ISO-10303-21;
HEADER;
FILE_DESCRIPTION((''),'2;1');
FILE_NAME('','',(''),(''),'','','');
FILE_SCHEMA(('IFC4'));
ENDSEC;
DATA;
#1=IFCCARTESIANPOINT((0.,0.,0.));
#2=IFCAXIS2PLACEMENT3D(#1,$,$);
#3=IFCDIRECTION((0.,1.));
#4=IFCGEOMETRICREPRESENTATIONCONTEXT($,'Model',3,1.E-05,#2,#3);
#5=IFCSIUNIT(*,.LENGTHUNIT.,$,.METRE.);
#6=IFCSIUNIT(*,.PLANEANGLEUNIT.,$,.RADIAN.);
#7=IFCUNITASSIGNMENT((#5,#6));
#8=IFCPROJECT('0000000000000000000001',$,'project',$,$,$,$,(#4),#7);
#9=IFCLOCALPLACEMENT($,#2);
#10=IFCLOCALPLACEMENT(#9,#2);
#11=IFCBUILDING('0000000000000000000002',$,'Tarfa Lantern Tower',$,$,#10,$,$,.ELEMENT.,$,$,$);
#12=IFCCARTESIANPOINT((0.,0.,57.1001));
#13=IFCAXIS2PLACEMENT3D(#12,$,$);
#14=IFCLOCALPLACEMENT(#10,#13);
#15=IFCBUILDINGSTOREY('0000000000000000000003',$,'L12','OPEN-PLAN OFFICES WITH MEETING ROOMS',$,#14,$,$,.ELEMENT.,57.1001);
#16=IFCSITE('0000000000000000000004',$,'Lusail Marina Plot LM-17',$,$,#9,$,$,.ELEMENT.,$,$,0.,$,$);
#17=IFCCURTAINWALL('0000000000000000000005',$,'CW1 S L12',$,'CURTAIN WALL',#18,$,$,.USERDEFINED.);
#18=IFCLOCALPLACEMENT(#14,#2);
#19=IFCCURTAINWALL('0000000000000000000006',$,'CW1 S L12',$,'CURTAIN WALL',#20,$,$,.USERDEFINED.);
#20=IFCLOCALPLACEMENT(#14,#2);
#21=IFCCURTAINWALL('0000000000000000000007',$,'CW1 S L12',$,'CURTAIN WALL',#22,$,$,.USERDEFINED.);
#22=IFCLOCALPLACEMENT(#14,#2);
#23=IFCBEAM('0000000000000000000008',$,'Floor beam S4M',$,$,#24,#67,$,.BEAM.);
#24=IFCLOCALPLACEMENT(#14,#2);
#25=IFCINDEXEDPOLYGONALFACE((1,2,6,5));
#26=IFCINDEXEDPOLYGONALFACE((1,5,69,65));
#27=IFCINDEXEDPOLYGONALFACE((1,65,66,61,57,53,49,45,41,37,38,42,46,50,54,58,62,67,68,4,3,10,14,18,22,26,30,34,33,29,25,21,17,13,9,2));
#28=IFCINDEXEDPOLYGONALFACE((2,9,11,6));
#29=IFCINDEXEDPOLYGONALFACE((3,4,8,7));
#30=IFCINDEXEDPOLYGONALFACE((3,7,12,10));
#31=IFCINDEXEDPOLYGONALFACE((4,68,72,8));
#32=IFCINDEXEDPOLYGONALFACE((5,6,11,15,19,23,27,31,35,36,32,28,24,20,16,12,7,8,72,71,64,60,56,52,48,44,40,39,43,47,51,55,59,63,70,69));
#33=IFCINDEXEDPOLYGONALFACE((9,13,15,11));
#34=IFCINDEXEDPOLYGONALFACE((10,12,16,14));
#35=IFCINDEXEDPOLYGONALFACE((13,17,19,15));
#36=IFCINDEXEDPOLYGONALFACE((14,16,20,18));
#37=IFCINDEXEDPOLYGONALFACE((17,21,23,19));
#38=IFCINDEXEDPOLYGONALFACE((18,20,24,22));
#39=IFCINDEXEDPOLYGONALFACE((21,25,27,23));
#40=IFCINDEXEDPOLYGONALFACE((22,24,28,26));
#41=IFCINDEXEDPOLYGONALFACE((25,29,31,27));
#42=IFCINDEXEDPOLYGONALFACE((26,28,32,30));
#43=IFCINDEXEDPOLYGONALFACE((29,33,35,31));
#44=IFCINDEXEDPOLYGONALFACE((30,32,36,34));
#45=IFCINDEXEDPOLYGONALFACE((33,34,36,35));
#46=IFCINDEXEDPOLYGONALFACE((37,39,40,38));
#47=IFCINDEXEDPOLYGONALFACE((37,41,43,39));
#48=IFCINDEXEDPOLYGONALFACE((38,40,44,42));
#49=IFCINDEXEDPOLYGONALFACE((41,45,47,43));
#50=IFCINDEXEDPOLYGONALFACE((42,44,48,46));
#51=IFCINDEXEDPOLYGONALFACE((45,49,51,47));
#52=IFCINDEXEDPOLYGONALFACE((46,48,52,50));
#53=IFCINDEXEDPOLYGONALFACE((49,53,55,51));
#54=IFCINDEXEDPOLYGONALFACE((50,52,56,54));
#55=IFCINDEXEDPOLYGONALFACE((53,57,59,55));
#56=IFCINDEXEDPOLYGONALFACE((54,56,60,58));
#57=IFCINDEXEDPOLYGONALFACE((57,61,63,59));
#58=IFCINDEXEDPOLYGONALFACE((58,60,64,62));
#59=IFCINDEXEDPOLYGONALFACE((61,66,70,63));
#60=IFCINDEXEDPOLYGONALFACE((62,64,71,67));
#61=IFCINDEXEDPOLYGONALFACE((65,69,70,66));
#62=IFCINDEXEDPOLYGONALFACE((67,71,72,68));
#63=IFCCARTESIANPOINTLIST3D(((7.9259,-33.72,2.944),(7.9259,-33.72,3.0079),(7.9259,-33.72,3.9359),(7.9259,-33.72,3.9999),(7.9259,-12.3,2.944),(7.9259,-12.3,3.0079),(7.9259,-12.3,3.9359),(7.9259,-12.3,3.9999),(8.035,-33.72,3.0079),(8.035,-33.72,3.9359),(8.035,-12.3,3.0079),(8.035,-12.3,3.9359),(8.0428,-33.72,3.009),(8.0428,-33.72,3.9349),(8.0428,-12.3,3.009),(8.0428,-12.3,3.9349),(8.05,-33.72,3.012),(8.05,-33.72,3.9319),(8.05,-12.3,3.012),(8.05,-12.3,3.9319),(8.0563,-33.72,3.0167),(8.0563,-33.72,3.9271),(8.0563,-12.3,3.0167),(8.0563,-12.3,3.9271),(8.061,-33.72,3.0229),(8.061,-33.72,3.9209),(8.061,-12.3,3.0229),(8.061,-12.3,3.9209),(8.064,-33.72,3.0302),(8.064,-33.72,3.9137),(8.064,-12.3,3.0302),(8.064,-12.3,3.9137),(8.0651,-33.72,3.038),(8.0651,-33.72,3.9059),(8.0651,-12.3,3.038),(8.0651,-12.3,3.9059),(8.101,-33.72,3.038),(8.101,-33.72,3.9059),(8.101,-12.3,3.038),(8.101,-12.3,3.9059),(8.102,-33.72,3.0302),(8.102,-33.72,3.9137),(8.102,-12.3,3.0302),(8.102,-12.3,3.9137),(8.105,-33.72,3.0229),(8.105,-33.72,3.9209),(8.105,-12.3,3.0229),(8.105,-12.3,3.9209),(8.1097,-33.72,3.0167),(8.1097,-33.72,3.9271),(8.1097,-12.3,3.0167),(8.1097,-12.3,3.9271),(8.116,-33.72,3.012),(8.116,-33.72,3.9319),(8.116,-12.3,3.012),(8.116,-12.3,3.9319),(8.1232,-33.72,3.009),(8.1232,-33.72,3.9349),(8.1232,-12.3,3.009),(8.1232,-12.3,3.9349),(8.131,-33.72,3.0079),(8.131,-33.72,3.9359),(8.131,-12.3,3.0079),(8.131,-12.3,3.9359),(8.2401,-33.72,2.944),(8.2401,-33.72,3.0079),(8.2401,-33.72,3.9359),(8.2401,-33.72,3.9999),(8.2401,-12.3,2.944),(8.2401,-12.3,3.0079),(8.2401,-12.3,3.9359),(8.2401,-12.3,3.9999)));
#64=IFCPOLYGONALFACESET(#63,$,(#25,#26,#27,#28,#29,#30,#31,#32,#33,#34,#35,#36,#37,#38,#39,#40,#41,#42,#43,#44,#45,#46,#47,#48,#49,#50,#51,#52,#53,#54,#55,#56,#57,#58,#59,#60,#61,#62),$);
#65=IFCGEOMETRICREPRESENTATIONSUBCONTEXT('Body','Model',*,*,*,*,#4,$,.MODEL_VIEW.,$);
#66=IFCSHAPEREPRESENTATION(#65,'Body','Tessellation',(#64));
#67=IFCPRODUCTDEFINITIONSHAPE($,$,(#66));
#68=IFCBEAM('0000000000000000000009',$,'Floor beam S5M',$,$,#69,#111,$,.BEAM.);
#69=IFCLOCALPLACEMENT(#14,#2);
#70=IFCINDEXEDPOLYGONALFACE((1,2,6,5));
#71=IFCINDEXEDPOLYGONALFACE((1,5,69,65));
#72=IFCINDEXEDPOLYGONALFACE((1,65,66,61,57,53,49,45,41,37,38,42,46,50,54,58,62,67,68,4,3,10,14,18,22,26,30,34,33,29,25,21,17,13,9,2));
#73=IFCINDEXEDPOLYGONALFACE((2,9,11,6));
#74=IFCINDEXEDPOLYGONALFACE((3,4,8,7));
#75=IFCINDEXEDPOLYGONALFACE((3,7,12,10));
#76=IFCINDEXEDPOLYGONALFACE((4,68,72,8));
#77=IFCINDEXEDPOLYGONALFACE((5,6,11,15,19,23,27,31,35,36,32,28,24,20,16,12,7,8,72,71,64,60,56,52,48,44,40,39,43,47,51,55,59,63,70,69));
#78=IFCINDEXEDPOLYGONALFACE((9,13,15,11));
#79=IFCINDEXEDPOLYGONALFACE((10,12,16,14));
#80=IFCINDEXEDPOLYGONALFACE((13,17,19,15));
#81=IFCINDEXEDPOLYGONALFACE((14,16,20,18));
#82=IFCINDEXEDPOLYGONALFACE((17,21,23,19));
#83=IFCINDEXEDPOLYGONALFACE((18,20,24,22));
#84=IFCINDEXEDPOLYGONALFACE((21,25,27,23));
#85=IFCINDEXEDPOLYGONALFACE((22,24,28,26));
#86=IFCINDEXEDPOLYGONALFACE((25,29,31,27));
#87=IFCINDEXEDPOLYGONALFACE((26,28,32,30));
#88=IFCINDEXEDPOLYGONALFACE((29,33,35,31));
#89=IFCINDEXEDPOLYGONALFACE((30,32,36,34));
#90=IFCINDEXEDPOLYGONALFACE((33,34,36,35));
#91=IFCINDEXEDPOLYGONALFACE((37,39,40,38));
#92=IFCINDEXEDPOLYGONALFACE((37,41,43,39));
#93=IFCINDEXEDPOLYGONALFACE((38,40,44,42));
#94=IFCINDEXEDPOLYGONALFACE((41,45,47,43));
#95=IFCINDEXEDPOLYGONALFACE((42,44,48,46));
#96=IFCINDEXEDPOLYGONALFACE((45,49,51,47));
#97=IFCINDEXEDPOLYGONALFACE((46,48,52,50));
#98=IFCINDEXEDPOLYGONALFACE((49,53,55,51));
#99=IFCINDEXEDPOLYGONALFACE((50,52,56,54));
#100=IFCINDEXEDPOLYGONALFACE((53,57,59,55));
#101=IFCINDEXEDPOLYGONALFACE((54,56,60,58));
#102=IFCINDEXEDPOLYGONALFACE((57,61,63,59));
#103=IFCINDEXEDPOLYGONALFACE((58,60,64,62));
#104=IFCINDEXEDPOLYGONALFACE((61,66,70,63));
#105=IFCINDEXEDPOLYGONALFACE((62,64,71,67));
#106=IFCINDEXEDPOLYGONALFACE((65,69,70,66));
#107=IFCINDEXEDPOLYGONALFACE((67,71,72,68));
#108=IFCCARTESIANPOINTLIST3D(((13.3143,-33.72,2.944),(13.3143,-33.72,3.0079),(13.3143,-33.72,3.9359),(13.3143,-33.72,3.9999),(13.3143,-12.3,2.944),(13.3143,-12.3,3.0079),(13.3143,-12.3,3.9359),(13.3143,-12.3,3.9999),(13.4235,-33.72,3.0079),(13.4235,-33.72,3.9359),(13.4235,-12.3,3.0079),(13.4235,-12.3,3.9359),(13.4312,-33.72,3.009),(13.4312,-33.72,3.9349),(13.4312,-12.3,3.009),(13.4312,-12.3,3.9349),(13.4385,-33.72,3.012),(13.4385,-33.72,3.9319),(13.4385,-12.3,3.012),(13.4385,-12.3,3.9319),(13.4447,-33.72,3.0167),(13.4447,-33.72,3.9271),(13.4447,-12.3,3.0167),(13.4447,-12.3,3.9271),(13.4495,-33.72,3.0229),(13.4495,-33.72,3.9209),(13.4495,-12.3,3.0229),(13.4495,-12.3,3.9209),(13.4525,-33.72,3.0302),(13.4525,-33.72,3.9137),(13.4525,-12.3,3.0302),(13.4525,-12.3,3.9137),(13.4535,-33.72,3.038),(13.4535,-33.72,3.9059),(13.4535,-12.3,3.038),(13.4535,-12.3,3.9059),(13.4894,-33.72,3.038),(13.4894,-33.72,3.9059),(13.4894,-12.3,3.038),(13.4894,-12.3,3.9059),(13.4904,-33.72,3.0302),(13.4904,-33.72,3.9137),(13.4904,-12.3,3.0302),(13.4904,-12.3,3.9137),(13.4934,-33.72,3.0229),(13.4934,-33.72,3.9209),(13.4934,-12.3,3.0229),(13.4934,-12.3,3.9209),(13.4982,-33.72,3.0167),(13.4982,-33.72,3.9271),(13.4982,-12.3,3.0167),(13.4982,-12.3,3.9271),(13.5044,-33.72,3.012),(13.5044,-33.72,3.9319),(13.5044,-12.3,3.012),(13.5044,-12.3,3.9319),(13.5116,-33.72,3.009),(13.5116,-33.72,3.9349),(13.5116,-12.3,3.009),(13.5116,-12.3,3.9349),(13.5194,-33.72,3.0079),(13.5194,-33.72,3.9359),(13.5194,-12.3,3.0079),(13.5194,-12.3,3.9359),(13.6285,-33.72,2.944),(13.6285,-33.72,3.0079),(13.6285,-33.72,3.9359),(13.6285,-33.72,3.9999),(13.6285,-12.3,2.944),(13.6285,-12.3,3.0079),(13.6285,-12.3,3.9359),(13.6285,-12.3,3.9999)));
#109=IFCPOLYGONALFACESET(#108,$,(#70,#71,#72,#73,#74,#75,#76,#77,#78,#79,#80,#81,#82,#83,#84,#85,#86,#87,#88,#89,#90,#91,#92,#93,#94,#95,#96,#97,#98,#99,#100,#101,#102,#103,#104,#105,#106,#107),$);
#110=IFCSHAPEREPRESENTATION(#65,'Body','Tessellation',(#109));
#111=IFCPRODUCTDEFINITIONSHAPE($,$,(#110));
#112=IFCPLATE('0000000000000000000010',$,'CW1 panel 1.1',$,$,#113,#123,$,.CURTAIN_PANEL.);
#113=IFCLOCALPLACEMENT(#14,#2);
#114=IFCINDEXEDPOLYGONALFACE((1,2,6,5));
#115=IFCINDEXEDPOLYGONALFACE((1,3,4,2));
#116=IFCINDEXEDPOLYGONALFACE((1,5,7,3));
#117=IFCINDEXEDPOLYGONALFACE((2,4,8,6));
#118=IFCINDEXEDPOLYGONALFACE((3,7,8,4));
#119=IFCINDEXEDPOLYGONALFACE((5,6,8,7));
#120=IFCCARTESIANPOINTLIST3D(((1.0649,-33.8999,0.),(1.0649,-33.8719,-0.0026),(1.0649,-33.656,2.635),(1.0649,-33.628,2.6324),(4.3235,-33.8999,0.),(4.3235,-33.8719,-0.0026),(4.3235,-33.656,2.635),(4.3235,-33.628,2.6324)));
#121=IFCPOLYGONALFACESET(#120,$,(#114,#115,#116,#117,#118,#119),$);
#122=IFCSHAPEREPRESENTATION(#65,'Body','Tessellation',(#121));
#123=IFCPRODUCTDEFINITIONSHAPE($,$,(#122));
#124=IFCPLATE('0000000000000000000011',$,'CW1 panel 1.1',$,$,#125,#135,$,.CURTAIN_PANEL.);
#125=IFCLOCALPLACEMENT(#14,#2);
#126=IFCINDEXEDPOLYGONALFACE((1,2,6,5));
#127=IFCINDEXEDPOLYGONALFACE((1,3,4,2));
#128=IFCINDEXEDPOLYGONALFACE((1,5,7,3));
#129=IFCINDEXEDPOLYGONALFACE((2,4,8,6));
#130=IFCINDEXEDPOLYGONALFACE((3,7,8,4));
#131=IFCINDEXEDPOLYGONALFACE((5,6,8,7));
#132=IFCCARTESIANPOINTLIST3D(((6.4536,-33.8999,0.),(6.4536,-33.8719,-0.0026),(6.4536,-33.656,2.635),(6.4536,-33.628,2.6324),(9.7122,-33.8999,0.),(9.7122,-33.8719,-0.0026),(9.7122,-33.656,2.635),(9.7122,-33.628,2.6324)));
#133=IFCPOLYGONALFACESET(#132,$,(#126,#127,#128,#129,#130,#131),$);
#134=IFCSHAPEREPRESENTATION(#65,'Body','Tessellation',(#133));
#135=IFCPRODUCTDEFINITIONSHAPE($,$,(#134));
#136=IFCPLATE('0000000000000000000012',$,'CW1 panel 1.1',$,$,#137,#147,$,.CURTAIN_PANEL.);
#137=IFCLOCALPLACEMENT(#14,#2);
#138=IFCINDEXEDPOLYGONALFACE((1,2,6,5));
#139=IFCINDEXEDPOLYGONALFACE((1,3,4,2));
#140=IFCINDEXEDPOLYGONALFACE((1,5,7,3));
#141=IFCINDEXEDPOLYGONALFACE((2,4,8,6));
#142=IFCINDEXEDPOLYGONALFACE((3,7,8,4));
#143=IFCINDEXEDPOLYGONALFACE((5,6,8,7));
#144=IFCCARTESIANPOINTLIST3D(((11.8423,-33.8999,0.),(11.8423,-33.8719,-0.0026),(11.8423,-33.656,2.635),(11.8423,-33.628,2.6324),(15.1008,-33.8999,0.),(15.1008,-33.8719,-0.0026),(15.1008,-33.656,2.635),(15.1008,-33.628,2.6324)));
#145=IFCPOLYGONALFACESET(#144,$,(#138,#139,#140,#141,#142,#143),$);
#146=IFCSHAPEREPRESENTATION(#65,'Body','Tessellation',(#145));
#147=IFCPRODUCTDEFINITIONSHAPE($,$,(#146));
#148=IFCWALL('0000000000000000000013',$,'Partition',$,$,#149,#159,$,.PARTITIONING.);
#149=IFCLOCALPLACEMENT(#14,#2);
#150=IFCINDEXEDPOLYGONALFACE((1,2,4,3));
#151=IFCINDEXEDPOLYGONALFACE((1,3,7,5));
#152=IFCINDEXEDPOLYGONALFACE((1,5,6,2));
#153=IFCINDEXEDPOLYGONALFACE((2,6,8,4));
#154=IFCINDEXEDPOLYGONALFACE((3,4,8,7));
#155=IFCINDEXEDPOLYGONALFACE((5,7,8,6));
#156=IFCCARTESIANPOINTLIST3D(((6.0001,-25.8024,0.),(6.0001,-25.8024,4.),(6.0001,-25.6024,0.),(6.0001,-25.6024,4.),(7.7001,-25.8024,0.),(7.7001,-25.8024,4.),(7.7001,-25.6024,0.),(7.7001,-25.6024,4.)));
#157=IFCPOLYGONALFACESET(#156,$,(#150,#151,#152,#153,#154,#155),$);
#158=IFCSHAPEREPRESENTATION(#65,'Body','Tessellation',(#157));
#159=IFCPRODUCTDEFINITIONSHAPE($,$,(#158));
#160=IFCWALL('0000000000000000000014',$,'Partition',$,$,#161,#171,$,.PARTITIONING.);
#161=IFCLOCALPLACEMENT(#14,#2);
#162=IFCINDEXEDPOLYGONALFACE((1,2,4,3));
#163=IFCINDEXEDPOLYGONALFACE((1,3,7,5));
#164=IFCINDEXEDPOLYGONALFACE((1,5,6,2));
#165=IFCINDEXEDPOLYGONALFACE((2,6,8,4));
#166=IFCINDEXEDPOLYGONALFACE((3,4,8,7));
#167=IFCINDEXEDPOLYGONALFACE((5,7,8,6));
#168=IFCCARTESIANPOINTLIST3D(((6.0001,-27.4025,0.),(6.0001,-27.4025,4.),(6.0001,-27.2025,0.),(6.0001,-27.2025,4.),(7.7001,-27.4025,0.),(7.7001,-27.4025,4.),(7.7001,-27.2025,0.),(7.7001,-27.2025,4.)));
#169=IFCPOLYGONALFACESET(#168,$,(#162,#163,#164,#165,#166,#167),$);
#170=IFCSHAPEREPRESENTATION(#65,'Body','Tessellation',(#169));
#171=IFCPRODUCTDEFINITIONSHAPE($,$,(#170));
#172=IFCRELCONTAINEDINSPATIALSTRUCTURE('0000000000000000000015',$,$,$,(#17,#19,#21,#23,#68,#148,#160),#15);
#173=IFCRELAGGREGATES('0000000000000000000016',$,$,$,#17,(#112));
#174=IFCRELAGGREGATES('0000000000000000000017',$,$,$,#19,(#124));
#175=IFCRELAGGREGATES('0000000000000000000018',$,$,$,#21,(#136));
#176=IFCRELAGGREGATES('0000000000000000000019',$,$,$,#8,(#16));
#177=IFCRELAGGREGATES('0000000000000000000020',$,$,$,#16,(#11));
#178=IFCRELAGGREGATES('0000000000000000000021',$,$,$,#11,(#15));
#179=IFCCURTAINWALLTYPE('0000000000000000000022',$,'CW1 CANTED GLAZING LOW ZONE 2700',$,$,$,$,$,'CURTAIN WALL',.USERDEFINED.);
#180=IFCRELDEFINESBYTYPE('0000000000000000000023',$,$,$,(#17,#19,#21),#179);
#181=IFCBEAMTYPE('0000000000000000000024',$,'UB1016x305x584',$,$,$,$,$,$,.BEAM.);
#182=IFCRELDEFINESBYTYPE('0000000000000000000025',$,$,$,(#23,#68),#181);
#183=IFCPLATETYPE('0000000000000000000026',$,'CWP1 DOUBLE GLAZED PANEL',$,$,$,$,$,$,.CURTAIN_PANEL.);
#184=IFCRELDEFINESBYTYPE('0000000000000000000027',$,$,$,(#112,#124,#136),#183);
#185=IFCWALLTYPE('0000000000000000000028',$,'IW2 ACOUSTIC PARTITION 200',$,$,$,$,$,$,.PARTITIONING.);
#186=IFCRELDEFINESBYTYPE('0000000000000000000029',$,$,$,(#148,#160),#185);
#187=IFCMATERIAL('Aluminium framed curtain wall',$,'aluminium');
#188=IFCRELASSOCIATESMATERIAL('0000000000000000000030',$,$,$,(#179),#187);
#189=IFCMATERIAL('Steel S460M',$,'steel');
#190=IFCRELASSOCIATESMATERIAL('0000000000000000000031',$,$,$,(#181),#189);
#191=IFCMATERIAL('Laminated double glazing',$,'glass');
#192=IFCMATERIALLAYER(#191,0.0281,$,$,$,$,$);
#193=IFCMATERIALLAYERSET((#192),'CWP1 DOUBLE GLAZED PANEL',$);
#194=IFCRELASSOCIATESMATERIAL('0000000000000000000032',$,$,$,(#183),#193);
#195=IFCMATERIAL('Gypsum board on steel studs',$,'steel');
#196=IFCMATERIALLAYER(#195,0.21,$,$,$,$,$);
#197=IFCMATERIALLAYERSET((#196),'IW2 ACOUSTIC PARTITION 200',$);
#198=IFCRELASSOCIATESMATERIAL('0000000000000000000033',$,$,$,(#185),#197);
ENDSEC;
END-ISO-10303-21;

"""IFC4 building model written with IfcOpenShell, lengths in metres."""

from ifc_helpers import new_model, si_unit, direction, frame, frame_2d, origin, origin_2d, place, context, subcontext, project, spatial, polyline, rectangle, i_section, outline, extrude, material, layer, layer_set, material_profile, profile_set, type_object, element, aggregate, save


model = new_model("IFC4")

# Units and contexts
model_context = context("Model", 3, precision=1e-05, world=origin(), true_north=direction((0.0, 1.0)))
body_context = subcontext(model_context, "Body", "Model", "MODEL_VIEW")
ifc_project = project(units=[si_unit("LENGTHUNIT", "METRE"), si_unit("PLANEANGLEUNIT", "RADIAN")], contexts=[model_context])

# Site, building, storey
site_placement = place(None, origin())
site = spatial("IfcSite", under=ifc_project, at=site_placement, Name="Lusail Marina Plot LM-17", CompositionType="ELEMENT", RefElevation=0.0)
building_placement = place(site_placement, origin())
building = spatial("IfcBuilding", under=site, at=building_placement, Name="Tarfa Lantern Tower", CompositionType="ELEMENT")
storey_placement = place(building_placement, frame((0.0, 0.0, 57.1001)))
storey = spatial("IfcBuildingStorey", under=building, at=storey_placement, Name="L12", Description="OPEN-PLAN OFFICES WITH MEETING ROOMS", CompositionType="ELEMENT", Elevation=57.1001)

# Curtain walls
ifc_material_1 = material(Name="Aluminium framed curtain wall", Category="aluminium")
curtain_wall_type = type_object("IfcCurtainWallType", Name="CW1 CANTED GLAZING LOW ZONE 2700", ElementType="CURTAIN WALL", PredefinedType="USERDEFINED", material=ifc_material_1)
curtain_wall_1_placement = place(storey_placement, origin())
curtain_wall_1 = element("IfcCurtainWall", 1, at=curtain_wall_1_placement, inside=storey, type_object=curtain_wall_type, Name="CW1 S L12", ObjectType="CURTAIN WALL", PredefinedType="USERDEFINED")
curtain_wall_2_placement = place(storey_placement, origin())
curtain_wall_2 = element("IfcCurtainWall", 2, at=curtain_wall_2_placement, inside=storey, type_object=curtain_wall_type, Name="CW1 S L12", ObjectType="CURTAIN WALL", PredefinedType="USERDEFINED")

# Curtain wall
curtain_wall_3_placement = place(storey_placement, origin())
curtain_wall_3 = element("IfcCurtainWall", 3, at=curtain_wall_3_placement, inside=storey, type_object=curtain_wall_type, Name="CW1 S L12", ObjectType="CURTAIN WALL", PredefinedType="USERDEFINED")

# Beams
ifc_material_2 = material(Name="Steel S460M", Category="steel")
ifc_material_profile_1 = material_profile(ifc_material_2, i_section(OverallWidth=0.3142, OverallDepth=1.0559, WebThickness=0.0359, FlangeThickness=0.064, FilletRadius=0.03, at=origin_2d()), Name="UB1016x305x584")
ifc_profile_set_1 = profile_set([ifc_material_profile_1], Name="Steel S460M")
beam_type_1 = type_object("IfcBeamType", Name="UB1016x305x584", PredefinedType="BEAM", material=ifc_profile_set_1)
for number, where, z_axis, x_axis, name in (
    (4, (8.083, -33.72, 3.4719), (0.0, 1.0, 0.0), (-1.0, 0.0, 0.0), "Floor beam S4M"),
    (5, (13.4714, -33.72, 3.4719), (0.0, 1.0, 0.0), (-1.0, 0.0, 0.0), "Floor beam S5M"),
):
    element("IfcBeam", number, at=place(storey_placement, frame(where, z_axis=z_axis, x_axis=x_axis)), inside=storey, type_object=beam_type_1, Name=name, PredefinedType="BEAM", context=body_context, shape_type="SweptSolid", body=[
        extrude(i_section(OverallWidth=0.3142, OverallDepth=1.0559, WebThickness=0.0359, FlangeThickness=0.064, FilletRadius=0.03, at=origin_2d()), origin(), (0.0, 0.0, 1.0), 21.4199),
    ])

# Plates
ifc_material_3 = material(Name="Laminated double glazing", Category="glass")
ifc_layer_1 = layer(ifc_material_3, 0.0281)
ifc_layer_set_1 = layer_set([ifc_layer_1], Name="CWP1 DOUBLE GLAZED PANEL")
plate_type = type_object("IfcPlateType", Name="CWP1 DOUBLE GLAZED PANEL", PredefinedType="CURTAIN_PANEL", material=ifc_layer_set_1)
plate_1_placement = place(storey_placement, frame((1.0649, -33.8999, 0.0), z_axis=(0.0, -0.995744, 0.092166), x_axis=(1.0, 0.0, 0.0)))
plate_1 = element("IfcPlate", 6, at=plate_1_placement, type_object=plate_type, Name="CW1 panel 1.1", PredefinedType="CURTAIN_PANEL", context=body_context, shape_type="SweptSolid", body=[
    extrude(outline(polyline([(0.0, 0.0), (3.2585, 0.0), (3.2585, 2.6463), (0.0, 2.6463), (0.0, 0.0)])), origin(), (0.0, 0.0, -1.0), 0.0281),
])
aggregate(curtain_wall_1, [plate_1])
plate_2_placement = place(storey_placement, frame((6.4536, -33.8999, 0.0), z_axis=(0.0, -0.995744, 0.092166), x_axis=(1.0, 0.0, 0.0)))
plate_2 = element("IfcPlate", 7, at=plate_2_placement, type_object=plate_type, Name="CW1 panel 1.1", PredefinedType="CURTAIN_PANEL", context=body_context, shape_type="SweptSolid", body=[
    extrude(outline(polyline([(0.0, 0.0), (3.2585, 0.0), (3.2585, 2.6463), (0.0, 2.6463), (0.0, 0.0)])), origin(), (0.0, 0.0, -1.0), 0.0281),
])
aggregate(curtain_wall_2, [plate_2])
plate_3_placement = place(storey_placement, frame((11.8423, -33.8999, 0.0), z_axis=(0.0, -0.995744, 0.092166), x_axis=(1.0, 0.0, 0.0)))
plate_3 = element("IfcPlate", 8, at=plate_3_placement, type_object=plate_type, Name="CW1 panel 1.1", PredefinedType="CURTAIN_PANEL", context=body_context, shape_type="SweptSolid", body=[
    extrude(outline(polyline([(0.0, 0.0), (3.2585, 0.0), (3.2585, 2.6463), (0.0, 2.6463), (0.0, 0.0)])), origin(), (0.0, 0.0, -1.0), 0.0281),
])
aggregate(curtain_wall_3, [plate_3])

# Walls
ifc_material_4 = material(Name="Gypsum board on steel studs", Category="steel")
ifc_layer_2 = layer(ifc_material_4, 0.21)
ifc_layer_set_2 = layer_set([ifc_layer_2], Name="IW2 ACOUSTIC PARTITION 200")
wall_type = type_object("IfcWallType", Name="IW2 ACOUSTIC PARTITION 200", PredefinedType="PARTITIONING", material=ifc_layer_set_2)
for number, where, z_axis, x_axis, name in (
    (9, (6.0, -25.7024, 0.0), (0.0, 0.0, 1.0), (1.0, 0.0, 0.0), "Partition"),
    (10, (6.0, -27.3025, 0.0), (0.0, 0.0, 1.0), (1.0, 0.0, 0.0), "Partition"),
):
    element("IfcWall", number, at=place(storey_placement, frame(where, z_axis=z_axis, x_axis=x_axis)), inside=storey, type_object=wall_type, Name=name, PredefinedType="PARTITIONING", context=body_context, shape_type="SweptSolid", body=[
        extrude(rectangle(XDim=1.7, YDim=0.2, at=frame_2d((0.8501, 0.0))), origin(), (0.0, 0.0, 1.0), 4.0),
    ])

save(model, "model.ifc")
